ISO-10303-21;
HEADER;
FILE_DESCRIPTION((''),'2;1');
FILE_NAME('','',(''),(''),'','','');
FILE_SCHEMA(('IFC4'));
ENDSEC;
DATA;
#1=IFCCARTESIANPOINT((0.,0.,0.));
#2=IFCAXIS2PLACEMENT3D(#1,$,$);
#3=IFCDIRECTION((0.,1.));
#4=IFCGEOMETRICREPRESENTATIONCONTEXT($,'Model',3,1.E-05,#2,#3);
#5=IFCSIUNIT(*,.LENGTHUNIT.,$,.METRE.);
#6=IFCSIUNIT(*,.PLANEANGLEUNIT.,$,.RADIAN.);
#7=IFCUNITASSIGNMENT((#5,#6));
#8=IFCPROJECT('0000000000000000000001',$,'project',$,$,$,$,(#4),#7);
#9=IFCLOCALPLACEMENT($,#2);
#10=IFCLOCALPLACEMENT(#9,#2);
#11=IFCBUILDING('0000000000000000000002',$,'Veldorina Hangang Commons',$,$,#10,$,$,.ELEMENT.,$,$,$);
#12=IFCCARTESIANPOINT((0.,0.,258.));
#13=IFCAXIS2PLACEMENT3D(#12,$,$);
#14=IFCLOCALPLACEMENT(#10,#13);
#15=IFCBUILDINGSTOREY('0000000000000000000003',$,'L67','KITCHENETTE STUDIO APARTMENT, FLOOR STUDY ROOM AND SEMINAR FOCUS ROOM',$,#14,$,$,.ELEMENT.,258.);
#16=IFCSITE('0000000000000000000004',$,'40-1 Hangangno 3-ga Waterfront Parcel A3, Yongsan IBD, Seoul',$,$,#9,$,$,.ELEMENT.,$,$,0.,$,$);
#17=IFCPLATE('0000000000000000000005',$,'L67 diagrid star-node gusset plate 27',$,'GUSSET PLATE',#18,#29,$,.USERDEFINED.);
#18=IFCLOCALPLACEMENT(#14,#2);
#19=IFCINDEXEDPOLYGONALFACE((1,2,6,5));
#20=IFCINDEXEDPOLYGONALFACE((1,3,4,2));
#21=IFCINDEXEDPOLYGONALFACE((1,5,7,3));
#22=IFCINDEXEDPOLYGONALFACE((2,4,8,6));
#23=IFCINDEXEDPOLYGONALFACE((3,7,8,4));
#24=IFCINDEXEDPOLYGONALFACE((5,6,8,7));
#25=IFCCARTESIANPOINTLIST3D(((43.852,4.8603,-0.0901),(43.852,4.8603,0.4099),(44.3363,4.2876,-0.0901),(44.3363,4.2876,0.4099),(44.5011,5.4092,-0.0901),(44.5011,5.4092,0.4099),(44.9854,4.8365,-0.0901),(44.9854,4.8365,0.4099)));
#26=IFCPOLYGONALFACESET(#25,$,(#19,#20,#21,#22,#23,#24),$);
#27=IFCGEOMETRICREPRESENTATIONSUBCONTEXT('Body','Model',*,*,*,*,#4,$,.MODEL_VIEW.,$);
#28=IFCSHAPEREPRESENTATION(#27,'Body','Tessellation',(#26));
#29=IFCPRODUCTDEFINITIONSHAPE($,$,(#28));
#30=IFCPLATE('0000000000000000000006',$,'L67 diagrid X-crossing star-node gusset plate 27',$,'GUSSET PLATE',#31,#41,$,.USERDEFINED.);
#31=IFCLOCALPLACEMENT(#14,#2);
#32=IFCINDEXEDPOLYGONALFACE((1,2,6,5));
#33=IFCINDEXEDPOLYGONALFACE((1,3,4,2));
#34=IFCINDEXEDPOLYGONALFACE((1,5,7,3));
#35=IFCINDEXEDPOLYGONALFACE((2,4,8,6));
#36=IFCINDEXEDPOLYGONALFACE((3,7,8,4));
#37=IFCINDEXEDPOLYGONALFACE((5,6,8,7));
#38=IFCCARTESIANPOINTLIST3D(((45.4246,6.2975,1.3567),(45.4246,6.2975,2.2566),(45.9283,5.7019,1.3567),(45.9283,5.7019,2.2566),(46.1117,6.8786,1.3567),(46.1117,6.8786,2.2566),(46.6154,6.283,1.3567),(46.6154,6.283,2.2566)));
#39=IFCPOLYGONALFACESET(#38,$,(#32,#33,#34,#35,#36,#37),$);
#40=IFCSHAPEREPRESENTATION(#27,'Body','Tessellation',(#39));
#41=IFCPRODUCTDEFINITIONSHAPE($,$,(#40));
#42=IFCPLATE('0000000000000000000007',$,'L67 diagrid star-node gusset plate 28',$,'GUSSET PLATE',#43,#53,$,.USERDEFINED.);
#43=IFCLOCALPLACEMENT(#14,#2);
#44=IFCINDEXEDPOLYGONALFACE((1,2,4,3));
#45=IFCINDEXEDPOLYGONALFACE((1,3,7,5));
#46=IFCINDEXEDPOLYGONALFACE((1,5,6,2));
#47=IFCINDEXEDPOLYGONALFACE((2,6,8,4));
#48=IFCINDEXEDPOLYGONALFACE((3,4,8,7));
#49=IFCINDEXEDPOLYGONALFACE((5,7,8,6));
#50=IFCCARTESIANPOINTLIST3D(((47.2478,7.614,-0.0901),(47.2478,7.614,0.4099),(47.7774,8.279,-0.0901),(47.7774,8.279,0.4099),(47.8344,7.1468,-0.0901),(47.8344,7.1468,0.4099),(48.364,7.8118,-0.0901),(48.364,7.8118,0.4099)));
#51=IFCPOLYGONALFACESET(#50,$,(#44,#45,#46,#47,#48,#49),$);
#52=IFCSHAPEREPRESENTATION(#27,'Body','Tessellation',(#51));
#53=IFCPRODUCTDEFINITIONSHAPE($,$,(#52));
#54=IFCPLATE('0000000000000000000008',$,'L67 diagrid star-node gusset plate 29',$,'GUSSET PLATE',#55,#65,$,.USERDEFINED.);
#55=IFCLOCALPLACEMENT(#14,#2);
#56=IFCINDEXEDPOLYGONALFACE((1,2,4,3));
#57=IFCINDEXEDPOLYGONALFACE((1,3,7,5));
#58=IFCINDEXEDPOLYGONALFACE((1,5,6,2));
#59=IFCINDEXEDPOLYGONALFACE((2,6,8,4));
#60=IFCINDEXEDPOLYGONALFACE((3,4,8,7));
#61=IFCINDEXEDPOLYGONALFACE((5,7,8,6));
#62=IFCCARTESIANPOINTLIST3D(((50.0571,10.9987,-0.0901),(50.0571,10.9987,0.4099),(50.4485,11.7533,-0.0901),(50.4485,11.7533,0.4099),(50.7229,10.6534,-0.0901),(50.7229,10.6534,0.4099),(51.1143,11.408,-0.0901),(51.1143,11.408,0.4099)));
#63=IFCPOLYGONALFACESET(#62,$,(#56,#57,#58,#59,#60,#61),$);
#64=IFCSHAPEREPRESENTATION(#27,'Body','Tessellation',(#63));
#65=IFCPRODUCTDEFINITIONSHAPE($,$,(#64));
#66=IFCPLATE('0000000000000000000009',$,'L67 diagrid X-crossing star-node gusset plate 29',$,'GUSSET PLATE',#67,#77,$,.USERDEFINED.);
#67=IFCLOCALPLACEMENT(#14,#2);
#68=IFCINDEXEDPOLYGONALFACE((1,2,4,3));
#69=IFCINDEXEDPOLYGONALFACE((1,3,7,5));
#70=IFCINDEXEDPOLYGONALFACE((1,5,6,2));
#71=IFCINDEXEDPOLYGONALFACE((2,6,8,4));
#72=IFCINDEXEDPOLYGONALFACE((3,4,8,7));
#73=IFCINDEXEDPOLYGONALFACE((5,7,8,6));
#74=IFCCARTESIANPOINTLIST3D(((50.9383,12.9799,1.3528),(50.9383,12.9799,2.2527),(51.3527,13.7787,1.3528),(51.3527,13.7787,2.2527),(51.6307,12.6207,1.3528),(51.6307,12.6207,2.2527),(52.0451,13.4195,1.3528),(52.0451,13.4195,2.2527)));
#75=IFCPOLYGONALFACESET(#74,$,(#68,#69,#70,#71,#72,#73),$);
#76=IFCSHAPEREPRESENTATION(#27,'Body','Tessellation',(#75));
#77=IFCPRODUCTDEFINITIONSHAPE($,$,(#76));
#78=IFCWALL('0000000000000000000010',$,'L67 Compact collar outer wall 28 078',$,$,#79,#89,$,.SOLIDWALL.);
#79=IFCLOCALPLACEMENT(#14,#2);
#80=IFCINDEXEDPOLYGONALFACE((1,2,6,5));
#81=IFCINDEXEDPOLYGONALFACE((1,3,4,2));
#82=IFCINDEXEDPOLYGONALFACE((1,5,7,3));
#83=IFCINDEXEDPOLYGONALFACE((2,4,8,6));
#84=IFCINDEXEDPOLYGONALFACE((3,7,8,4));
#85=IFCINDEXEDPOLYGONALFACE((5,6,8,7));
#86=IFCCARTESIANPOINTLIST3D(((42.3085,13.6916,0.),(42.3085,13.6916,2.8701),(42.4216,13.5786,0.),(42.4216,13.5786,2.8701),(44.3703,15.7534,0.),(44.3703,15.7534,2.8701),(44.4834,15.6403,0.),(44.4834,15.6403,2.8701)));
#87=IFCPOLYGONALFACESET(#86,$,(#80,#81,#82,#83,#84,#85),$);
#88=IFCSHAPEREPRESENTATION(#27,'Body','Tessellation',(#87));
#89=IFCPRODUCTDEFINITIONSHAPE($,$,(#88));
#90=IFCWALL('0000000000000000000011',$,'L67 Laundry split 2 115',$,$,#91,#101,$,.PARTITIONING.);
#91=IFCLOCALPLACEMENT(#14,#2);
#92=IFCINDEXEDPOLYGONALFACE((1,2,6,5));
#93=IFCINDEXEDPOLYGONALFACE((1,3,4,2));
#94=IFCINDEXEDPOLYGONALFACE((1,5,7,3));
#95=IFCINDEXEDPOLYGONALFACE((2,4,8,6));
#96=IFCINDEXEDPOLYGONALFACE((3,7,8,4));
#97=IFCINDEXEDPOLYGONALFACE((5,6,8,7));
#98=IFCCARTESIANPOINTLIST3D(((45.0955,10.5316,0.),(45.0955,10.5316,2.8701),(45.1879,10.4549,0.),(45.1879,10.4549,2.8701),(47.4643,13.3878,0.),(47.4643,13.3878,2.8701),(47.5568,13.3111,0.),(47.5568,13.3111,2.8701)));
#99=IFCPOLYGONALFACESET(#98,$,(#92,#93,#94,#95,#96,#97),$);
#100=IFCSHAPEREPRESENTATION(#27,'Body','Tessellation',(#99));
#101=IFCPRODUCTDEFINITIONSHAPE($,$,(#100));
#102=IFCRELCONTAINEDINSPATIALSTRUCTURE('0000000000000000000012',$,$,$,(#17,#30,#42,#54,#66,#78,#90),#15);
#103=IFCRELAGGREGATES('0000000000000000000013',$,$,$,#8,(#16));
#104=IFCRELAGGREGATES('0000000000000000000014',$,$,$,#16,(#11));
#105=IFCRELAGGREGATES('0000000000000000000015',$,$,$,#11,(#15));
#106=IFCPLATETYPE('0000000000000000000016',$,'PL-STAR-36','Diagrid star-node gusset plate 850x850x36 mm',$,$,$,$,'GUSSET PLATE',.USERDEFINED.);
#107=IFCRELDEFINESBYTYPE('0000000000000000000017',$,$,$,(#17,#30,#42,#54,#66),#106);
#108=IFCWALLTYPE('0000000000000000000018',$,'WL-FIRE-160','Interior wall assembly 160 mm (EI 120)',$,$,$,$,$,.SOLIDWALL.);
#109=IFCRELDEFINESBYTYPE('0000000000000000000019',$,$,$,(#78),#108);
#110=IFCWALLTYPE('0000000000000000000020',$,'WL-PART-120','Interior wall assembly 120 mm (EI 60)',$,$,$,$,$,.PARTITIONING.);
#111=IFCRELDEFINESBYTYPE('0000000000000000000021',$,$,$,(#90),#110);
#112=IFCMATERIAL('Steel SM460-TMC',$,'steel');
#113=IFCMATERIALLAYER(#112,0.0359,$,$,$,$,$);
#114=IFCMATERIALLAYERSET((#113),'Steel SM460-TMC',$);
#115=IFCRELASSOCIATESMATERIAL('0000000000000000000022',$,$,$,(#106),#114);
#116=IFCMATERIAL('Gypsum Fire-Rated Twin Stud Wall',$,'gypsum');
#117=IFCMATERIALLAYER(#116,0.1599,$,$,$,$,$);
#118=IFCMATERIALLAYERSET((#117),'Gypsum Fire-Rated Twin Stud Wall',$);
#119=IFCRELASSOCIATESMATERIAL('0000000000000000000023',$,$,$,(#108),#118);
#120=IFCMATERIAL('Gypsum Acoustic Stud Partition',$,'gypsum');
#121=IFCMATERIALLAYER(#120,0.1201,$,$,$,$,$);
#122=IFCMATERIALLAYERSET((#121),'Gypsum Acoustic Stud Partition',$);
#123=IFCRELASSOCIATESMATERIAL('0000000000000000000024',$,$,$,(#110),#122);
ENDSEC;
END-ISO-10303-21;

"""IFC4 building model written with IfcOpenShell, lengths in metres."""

from ifc_helpers import new_model, si_unit, direction, frame, frame_2d, origin, origin_2d, place, context, subcontext, project, spatial, rectangle, extrude, material, layer, layer_set, type_object, element, save


model = new_model("IFC4")

# Units and contexts
model_context = context("Model", 3, precision=1e-05, world=origin(), true_north=direction((0.0, 1.0)))
body_context = subcontext(model_context, "Body", "Model", "MODEL_VIEW")
ifc_project = project(units=[si_unit("LENGTHUNIT", "METRE"), si_unit("PLANEANGLEUNIT", "RADIAN")], contexts=[model_context])

# Site, building, storey
site_placement = place(None, origin())
site = spatial("IfcSite", under=ifc_project, at=site_placement, Name="40-1 Hangangno 3-ga Waterfront Parcel A3, Yongsan IBD, Seoul", CompositionType="ELEMENT", RefElevation=0.0)
building_placement = place(site_placement, origin())
building = spatial("IfcBuilding", under=site, at=building_placement, Name="Veldorina Hangang Commons", CompositionType="ELEMENT")
storey_placement = place(building_placement, frame((0.0, 0.0, 258.0)))
storey = spatial("IfcBuildingStorey", under=building, at=storey_placement, Name="L67", Description="KITCHENETTE STUDIO APARTMENT, FLOOR STUDY ROOM AND SEMINAR FOCUS ROOM", CompositionType="ELEMENT", Elevation=258.0)

# Plates
ifc_material_1 = material(Name="Steel SM460-TMC", Category="steel")
ifc_layer_1 = layer(ifc_material_1, 0.0359)
ifc_layer_set_1 = layer_set([ifc_layer_1], Name="Steel SM460-TMC")
plate_type_1 = type_object("IfcPlateType", Name="PL-STAR-36", Description="Diagrid star-node gusset plate 850x850x36 mm", ElementType="GUSSET PLATE", PredefinedType="USERDEFINED", material=ifc_layer_set_1)
plate_1_placement = place(storey_placement, frame((44.4187, 4.8484, -0.0901), z_axis=(0.0, 0.0, 1.0), x_axis=(0.763559, 0.645738, 0.0)))
element("IfcPlate", 1, at=plate_1_placement, inside=storey, type_object=plate_type_1, Name="L67 diagrid star-node gusset plate 27", ObjectType="GUSSET PLATE", PredefinedType="USERDEFINED", context=body_context, shape_type="SweptSolid", body=[
    extrude(rectangle(XDim=0.8501, YDim=0.75, at=origin_2d()), origin(), (0.0, 0.0, 1.0), 0.5),
])
plate_2_placement = place(storey_placement, frame((46.02, 6.2903, 1.3567), z_axis=(0.0, 0.0, 1.0), x_axis=(0.763559, 0.645738, 0.0)))
element("IfcPlate", 2, at=plate_2_placement, inside=storey, type_object=plate_type_1, Name="L67 diagrid X-crossing star-node gusset plate 27", ObjectType="GUSSET PLATE", PredefinedType="USERDEFINED", context=body_context, shape_type="SweptSolid", body=[
    extrude(rectangle(XDim=0.8999, YDim=0.78, at=origin_2d()), origin(), (0.0, 0.0, 1.0), 0.8999),
])
for number, where, z_axis, x_axis, name in (
    (3, (47.8059, 7.7129, -0.0901), (0.0, 0.0, 1.0), (0.622993, 0.782228, 0.0), "L67 diagrid star-node gusset plate 28"),
    (4, (50.5857, 11.2034, -0.0901), (0.0, 0.0, 1.0), (0.460463, 0.887679, 0.0), "L67 diagrid star-node gusset plate 29"),
):
    element("IfcPlate", number, at=place(storey_placement, frame(where, z_axis=z_axis, x_axis=x_axis)), inside=storey, type_object=plate_type_1, Name=name, ObjectType="GUSSET PLATE", PredefinedType="USERDEFINED", context=body_context, shape_type="SweptSolid", body=[
        extrude(rectangle(XDim=0.8501, YDim=0.75, at=origin_2d()), origin(), (0.0, 0.0, 1.0), 0.5),
    ])
plate_3_placement = place(storey_placement, frame((51.4917, 13.1997, 1.3528), z_axis=(0.0, 0.0, 1.0), x_axis=(0.460463, 0.887679, 0.0)))
element("IfcPlate", 5, at=plate_3_placement, inside=storey, type_object=plate_type_1, Name="L67 diagrid X-crossing star-node gusset plate 29", ObjectType="GUSSET PLATE", PredefinedType="USERDEFINED", context=body_context, shape_type="SweptSolid", body=[
    extrude(rectangle(XDim=0.8999, YDim=0.78, at=origin_2d()), origin(), (0.0, 0.0, 1.0), 0.8999),
])

# Walls
ifc_material_2 = material(Name="Gypsum Fire-Rated Twin Stud Wall", Category="gypsum")
ifc_layer_2 = layer(ifc_material_2, 0.1599)
ifc_layer_set_2 = layer_set([ifc_layer_2], Name="Gypsum Fire-Rated Twin Stud Wall")
wall_type_1 = type_object("IfcWallType", Name="WL-FIRE-160", Description="Interior wall assembly 160 mm (EI 120)", PredefinedType="SOLIDWALL", material=ifc_layer_set_2)
wall_1_placement = place(storey_placement, frame((42.365, 13.635, 0.0), z_axis=(0.0, 0.0, 1.0), x_axis=(0.707107, 0.707107, 0.0)))
element("IfcWall", 6, at=wall_1_placement, inside=storey, type_object=wall_type_1, Name="L67 Compact collar outer wall 28 078", PredefinedType="SOLIDWALL", context=body_context, shape_type="SweptSolid", body=[
    extrude(rectangle(XDim=2.9158, YDim=0.1599, at=frame_2d((1.458, 0.0))), origin(), (0.0, 0.0, 1.0), 2.8701),
])
ifc_material_3 = material(Name="Gypsum Acoustic Stud Partition", Category="gypsum")
ifc_layer_3 = layer(ifc_material_3, 0.1201)
ifc_layer_set_3 = layer_set([ifc_layer_3], Name="Gypsum Acoustic Stud Partition")
wall_type_2 = type_object("IfcWallType", Name="WL-PART-120", Description="Interior wall assembly 120 mm (EI 60)", PredefinedType="PARTITIONING", material=ifc_layer_set_3)
wall_2_placement = place(storey_placement, frame((45.1416, 10.4932, 0.0), z_axis=(0.0, 0.0, 1.0), x_axis=(0.63839, 0.769713, 0.0)))
element("IfcWall", 7, at=wall_2_placement, inside=storey, type_object=wall_type_2, Name="L67 Laundry split 2 115", PredefinedType="PARTITIONING", context=body_context, shape_type="SweptSolid", body=[
    extrude(rectangle(XDim=3.7107, YDim=0.1201, at=frame_2d((1.8555, 0.0))), origin(), (0.0, 0.0, 1.0), 2.8701),
])

save(model, "model.ifc")
